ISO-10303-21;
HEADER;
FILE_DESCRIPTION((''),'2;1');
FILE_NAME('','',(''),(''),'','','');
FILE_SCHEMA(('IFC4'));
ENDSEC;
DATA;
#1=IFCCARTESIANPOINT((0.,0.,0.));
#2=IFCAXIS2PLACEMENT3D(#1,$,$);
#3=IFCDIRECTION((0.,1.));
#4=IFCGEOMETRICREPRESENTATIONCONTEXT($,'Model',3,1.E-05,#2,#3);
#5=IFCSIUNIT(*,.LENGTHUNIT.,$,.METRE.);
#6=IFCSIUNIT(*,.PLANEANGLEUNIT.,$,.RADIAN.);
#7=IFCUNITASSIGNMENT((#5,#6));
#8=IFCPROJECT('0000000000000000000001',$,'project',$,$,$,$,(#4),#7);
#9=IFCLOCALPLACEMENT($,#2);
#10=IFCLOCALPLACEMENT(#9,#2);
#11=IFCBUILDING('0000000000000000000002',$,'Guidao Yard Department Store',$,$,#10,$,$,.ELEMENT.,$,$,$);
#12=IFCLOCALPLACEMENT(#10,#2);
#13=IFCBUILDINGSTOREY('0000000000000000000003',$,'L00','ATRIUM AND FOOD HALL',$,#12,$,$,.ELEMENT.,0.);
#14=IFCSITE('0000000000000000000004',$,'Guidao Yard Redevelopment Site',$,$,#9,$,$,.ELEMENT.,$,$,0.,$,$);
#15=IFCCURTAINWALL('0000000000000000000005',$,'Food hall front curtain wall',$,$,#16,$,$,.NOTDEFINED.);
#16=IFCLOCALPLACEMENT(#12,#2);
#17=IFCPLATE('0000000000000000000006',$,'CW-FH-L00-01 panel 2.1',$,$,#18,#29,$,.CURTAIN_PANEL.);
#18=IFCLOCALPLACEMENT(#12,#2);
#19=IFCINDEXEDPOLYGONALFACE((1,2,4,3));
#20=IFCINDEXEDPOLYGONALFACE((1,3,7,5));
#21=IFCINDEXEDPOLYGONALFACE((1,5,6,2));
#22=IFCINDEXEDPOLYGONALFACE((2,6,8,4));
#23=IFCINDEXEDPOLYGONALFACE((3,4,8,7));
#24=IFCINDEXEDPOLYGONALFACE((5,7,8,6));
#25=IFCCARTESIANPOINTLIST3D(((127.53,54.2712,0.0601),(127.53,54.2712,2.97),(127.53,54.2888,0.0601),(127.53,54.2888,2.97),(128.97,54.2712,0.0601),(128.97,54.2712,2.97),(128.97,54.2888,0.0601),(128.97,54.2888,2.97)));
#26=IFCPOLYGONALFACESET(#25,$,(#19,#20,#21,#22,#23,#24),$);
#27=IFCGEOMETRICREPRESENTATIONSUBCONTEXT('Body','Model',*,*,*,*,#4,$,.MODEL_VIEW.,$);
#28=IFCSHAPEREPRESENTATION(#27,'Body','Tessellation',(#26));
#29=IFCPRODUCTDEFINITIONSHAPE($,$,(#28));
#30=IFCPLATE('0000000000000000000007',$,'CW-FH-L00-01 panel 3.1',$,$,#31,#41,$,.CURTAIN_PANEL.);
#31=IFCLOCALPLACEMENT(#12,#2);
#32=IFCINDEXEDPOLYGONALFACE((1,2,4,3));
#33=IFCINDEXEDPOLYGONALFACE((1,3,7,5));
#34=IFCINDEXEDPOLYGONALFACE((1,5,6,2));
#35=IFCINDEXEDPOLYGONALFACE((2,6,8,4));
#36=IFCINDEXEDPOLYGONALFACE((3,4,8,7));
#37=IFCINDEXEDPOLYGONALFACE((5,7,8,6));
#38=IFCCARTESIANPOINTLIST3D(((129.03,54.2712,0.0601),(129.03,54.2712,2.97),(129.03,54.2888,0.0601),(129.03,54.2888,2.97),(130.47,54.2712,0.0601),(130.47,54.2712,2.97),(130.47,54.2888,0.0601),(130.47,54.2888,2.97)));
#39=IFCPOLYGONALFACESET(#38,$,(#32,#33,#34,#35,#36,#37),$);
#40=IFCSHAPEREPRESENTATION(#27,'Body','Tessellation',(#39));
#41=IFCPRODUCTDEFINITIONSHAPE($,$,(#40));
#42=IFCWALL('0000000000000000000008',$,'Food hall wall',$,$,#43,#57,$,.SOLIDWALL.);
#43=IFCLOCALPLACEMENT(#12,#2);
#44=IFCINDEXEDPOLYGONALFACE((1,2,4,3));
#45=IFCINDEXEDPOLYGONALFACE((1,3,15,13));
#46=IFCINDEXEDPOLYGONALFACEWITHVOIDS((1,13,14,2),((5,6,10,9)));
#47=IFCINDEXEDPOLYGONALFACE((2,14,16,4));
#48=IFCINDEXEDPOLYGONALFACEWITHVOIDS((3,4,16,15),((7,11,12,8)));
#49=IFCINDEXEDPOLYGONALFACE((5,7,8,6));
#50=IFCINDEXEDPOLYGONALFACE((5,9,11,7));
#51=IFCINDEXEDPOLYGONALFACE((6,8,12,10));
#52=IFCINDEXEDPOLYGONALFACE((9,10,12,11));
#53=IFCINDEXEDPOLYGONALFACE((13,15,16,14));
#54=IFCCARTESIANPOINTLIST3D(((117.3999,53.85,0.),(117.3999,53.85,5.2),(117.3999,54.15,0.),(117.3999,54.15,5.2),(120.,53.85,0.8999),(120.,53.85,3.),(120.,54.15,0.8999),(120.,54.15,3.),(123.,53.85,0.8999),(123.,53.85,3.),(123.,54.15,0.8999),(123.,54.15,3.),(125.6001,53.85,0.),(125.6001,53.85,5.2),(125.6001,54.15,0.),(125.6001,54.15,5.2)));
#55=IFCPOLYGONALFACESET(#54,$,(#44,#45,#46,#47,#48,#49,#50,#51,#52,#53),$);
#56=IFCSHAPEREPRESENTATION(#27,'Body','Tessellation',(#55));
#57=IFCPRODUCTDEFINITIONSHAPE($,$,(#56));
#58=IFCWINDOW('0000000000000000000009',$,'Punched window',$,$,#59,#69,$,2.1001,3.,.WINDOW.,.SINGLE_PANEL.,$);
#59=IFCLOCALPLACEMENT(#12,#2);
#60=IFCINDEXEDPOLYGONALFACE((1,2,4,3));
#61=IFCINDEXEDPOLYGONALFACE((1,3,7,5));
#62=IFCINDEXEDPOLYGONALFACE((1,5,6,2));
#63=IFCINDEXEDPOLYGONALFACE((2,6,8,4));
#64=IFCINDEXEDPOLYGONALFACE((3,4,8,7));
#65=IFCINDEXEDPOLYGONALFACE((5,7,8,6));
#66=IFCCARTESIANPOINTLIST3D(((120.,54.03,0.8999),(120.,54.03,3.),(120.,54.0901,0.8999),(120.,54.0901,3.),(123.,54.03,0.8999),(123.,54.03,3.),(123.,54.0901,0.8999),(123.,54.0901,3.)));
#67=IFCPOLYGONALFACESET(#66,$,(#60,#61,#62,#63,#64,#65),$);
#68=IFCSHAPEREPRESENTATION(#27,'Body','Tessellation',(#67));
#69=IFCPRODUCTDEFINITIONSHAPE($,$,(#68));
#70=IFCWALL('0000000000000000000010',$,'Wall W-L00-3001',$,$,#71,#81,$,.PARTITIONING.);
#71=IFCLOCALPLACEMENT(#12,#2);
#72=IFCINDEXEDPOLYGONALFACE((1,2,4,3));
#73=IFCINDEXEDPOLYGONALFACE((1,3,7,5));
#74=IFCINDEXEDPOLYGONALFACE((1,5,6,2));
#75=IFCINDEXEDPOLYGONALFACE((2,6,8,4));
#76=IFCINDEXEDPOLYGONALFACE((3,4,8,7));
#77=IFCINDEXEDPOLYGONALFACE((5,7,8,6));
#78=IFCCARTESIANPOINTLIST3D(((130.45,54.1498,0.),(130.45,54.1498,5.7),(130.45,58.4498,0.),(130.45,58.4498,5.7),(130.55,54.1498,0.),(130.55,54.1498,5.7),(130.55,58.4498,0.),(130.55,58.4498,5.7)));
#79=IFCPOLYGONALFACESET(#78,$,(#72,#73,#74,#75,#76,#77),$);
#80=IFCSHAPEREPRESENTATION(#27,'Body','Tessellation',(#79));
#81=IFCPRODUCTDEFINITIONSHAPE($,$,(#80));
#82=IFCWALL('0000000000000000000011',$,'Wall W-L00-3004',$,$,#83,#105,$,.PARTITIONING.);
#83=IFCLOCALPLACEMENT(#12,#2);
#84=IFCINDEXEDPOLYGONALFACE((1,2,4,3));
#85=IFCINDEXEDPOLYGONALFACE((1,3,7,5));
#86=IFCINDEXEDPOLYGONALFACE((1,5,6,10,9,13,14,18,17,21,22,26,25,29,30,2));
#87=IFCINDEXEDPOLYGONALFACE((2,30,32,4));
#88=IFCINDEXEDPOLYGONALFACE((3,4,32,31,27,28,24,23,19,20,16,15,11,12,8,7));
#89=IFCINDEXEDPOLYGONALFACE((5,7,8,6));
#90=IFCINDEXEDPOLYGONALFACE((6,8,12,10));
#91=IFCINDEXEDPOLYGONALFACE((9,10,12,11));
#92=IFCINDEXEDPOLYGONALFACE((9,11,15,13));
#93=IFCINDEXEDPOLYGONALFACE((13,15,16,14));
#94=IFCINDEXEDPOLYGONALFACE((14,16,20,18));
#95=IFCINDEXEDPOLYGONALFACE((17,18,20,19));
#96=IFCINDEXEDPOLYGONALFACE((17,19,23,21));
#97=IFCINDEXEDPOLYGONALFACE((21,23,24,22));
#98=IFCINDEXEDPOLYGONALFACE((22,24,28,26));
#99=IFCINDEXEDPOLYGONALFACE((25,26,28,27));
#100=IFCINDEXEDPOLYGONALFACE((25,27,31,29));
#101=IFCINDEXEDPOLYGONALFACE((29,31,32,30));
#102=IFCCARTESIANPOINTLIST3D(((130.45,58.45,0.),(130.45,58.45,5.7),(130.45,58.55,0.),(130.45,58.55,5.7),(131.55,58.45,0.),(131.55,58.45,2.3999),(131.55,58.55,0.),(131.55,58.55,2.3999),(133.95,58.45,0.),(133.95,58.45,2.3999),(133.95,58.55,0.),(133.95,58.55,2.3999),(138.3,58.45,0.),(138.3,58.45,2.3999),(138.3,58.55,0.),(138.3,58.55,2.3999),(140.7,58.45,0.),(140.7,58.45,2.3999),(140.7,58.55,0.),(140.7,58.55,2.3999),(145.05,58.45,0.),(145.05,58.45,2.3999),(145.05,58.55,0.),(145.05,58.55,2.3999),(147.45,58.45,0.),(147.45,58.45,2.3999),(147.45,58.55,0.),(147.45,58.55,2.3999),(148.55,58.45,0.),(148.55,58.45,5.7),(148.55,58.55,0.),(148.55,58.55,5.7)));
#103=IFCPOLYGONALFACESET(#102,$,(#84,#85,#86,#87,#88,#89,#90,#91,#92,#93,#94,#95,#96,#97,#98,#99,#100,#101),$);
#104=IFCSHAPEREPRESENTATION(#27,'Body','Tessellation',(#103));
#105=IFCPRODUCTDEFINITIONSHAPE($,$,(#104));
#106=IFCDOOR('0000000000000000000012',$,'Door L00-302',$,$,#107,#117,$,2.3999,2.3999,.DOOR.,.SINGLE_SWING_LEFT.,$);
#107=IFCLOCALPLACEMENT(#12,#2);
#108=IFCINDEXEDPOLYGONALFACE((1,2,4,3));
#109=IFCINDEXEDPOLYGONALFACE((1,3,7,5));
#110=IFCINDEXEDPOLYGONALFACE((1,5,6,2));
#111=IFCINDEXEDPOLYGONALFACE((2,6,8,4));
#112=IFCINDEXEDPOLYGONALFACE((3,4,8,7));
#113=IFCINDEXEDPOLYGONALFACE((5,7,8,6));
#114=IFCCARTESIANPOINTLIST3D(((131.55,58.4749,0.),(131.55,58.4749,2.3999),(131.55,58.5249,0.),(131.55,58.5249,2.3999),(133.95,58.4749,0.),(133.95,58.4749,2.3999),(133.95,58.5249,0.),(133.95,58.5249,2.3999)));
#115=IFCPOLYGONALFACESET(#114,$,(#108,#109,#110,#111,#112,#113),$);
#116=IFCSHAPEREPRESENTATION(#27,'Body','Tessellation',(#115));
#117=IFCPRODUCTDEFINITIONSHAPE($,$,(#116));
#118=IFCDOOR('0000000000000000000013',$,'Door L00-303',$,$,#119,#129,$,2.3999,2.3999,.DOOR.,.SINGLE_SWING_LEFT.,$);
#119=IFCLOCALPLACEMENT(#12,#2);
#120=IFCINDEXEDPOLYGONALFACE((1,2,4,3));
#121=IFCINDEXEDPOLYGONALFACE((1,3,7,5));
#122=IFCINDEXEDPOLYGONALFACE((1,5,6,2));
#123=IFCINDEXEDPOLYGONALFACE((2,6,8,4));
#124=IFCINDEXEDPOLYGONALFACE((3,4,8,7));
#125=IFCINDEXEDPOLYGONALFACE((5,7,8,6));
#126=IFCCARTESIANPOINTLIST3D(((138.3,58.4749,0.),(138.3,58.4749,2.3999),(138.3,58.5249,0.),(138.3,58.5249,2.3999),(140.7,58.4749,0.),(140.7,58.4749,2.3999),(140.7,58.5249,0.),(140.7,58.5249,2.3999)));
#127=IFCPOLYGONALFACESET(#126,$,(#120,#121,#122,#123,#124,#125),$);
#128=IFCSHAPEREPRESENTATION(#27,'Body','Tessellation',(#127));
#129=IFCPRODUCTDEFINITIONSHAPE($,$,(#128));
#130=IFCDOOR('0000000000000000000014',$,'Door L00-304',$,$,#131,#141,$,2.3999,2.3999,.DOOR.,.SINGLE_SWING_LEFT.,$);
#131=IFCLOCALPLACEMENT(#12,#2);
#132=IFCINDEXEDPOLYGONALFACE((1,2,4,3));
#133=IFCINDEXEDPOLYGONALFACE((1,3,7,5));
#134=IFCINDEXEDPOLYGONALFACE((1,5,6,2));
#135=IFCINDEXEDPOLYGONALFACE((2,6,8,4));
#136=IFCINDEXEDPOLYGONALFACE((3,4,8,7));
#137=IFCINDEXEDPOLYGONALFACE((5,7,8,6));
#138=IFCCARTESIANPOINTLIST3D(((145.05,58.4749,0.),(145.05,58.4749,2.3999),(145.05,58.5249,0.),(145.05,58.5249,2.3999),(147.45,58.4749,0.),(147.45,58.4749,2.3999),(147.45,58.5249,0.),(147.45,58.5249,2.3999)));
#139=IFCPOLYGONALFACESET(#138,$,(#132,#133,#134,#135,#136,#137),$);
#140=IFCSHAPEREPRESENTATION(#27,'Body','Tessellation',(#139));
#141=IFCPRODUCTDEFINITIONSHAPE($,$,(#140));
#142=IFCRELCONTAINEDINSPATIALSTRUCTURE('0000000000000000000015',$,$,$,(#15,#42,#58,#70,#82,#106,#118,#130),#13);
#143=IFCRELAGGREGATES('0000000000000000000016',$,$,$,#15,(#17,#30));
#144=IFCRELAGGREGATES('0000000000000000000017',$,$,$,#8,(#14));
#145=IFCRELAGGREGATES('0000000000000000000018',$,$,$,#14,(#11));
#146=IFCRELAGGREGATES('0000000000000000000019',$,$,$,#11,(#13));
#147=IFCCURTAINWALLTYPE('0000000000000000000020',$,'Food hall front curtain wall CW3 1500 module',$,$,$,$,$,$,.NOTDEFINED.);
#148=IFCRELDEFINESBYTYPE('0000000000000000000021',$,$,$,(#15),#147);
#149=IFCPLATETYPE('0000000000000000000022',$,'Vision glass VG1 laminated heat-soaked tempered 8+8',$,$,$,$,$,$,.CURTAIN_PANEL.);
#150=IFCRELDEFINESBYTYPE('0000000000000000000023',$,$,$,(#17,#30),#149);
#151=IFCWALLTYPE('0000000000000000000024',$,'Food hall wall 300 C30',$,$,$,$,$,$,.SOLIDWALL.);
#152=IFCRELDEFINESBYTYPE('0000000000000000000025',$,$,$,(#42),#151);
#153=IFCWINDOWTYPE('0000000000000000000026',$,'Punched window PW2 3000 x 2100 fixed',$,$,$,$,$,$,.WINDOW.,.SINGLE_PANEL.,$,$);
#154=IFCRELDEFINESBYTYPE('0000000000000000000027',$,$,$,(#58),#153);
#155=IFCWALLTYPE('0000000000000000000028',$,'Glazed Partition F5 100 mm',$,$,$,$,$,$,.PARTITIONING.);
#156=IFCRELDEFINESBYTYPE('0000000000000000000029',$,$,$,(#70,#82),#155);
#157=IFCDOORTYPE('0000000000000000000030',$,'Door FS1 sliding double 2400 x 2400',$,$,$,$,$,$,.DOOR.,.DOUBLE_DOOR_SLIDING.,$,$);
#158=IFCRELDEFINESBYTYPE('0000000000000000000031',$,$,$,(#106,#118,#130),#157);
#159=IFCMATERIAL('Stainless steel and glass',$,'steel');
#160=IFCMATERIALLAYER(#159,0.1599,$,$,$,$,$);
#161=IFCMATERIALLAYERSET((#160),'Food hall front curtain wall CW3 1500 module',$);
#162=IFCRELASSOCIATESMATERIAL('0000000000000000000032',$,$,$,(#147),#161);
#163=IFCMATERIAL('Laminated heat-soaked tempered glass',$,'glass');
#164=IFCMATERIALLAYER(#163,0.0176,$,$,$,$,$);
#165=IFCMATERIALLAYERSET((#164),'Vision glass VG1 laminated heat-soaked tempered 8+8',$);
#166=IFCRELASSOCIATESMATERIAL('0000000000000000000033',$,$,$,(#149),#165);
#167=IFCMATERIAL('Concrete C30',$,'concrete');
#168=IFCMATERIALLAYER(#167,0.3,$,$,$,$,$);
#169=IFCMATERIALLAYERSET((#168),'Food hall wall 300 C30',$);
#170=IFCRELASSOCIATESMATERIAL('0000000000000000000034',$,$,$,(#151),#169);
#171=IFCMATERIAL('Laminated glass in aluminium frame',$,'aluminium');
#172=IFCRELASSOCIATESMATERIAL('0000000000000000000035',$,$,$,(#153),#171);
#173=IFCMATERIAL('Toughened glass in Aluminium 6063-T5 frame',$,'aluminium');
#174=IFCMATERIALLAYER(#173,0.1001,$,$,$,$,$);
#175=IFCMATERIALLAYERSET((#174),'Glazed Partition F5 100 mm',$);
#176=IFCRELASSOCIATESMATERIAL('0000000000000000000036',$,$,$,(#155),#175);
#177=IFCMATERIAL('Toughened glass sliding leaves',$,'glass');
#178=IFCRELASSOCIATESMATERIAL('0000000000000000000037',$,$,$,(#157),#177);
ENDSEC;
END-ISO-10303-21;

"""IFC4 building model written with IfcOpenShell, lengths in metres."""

from ifc_helpers import new_model, si_unit, direction, frame, frame_2d, origin, origin_2d, place, context, subcontext, project, spatial, rectangle, extrude, material, layer, layer_set, type_object, element, fill, aggregate, save


model = new_model("IFC4")

# Units and contexts
model_context = context("Model", 3, precision=1e-05, world=origin(), true_north=direction((0.0, 1.0)))
body_context = subcontext(model_context, "Body", "Model", "MODEL_VIEW")
ifc_project = project(units=[si_unit("LENGTHUNIT", "METRE"), si_unit("PLANEANGLEUNIT", "RADIAN")], contexts=[model_context])

# Site, building, storey
site_placement = place(None, origin())
site = spatial("IfcSite", under=ifc_project, at=site_placement, Name="Guidao Yard Redevelopment Site", CompositionType="ELEMENT", RefElevation=0.0)
building_placement = place(site_placement, origin())
building = spatial("IfcBuilding", under=site, at=building_placement, Name="Guidao Yard Department Store", CompositionType="ELEMENT")
storey_placement = place(building_placement, origin())
storey = spatial("IfcBuildingStorey", under=building, at=storey_placement, Name="L00", Description="ATRIUM AND FOOD HALL", CompositionType="ELEMENT", Elevation=0.0)

# Curtain wall, plates
ifc_material_1 = material(Name="Stainless steel and glass", Category="steel")
ifc_layer_1 = layer(ifc_material_1, 0.1599)
ifc_layer_set_1 = layer_set([ifc_layer_1], Name="Food hall front curtain wall CW3 1500 module")
curtain_wall_type = type_object("IfcCurtainWallType", Name="Food hall front curtain wall CW3 1500 module", PredefinedType="NOTDEFINED", material=ifc_layer_set_1)
curtain_wall_placement = place(storey_placement, origin())
curtain_wall = element("IfcCurtainWall", 1, at=curtain_wall_placement, inside=storey, type_object=curtain_wall_type, Name="Food hall front curtain wall", PredefinedType="NOTDEFINED")
ifc_material_2 = material(Name="Laminated heat-soaked tempered glass", Category="glass")
ifc_layer_2 = layer(ifc_material_2, 0.0176)
ifc_layer_set_2 = layer_set([ifc_layer_2], Name="Vision glass VG1 laminated heat-soaked tempered 8+8")
plate_type = type_object("IfcPlateType", Name="Vision glass VG1 laminated heat-soaked tempered 8+8", PredefinedType="CURTAIN_PANEL", material=ifc_layer_set_2)
plate_1_placement = place(storey_placement, frame((128.25, 54.28, 0.0601), z_axis=(0.0, 0.0, 1.0), x_axis=(-1.0, 0.0, 0.0)))
plate_1 = element("IfcPlate", 2, at=plate_1_placement, type_object=plate_type, Name="CW-FH-L00-01 panel 2.1", PredefinedType="CURTAIN_PANEL", context=body_context, shape_type="SweptSolid", body=[
    extrude(rectangle(XDim=1.4399, YDim=0.0176, at=origin_2d()), origin(), (0.0, 0.0, 1.0), 2.9099),
])
plate_2_placement = place(storey_placement, frame((129.75, 54.28, 0.0601), z_axis=(0.0, 0.0, 1.0), x_axis=(-1.0, 0.0, 0.0)))
plate_2 = element("IfcPlate", 3, at=plate_2_placement, type_object=plate_type, Name="CW-FH-L00-01 panel 3.1", PredefinedType="CURTAIN_PANEL", context=body_context, shape_type="SweptSolid", body=[
    extrude(rectangle(XDim=1.4399, YDim=0.0176, at=origin_2d()), origin(), (0.0, 0.0, 1.0), 2.9099),
])
aggregate(curtain_wall, [plate_1, plate_2])

# Wall, opening, window
ifc_material_3 = material(Name="Concrete C30", Category="concrete")
ifc_layer_3 = layer(ifc_material_3, 0.3)
ifc_layer_set_3 = layer_set([ifc_layer_3], Name="Food hall wall 300 C30")
wall_type_1 = type_object("IfcWallType", Name="Food hall wall 300 C30", PredefinedType="SOLIDWALL", material=ifc_layer_set_3)
wall_1_placement = place(storey_placement, frame((125.6001, 54.0, 0.0), z_axis=(0.0, 0.0, 1.0), x_axis=(-1.0, 0.0, 0.0)))
wall_1 = element("IfcWall", 4, at=wall_1_placement, inside=storey, type_object=wall_type_1, Name="Food hall wall", PredefinedType="SOLIDWALL", context=body_context, shape_type="SweptSolid", body=[
    extrude(rectangle(XDim=8.2002, YDim=0.3, at=frame_2d((4.1001, 0.0))), origin(), (0.0, 0.0, 1.0), 5.2),
])
opening_1_placement = place(wall_1_placement, frame((2.6001, 0.0, 0.8999)))
opening_1 = element("IfcOpeningElement", 5, at=opening_1_placement, cuts=wall_1, PredefinedType="OPENING", context=body_context, shape_type="SweptSolid", body=[
    extrude(rectangle(XDim=3.0, YDim=2.1001, at=frame_2d((1.5, 1.05))), frame((0.0, 0.1599, 0.0), z_axis=(0.0, -1.0, 0.0), x_axis=(1.0, 0.0, 0.0)), (0.0, 0.0, 1.0), 0.3201),
])
ifc_material_4 = material(Name="Laminated glass in aluminium frame", Category="aluminium")
window_type = type_object("IfcWindowType", Name="Punched window PW2 3000 x 2100 fixed", PartitioningType="SINGLE_PANEL", PredefinedType="WINDOW", material=ifc_material_4)
window_placement = place(opening_1_placement, origin())
window = element("IfcWindow", 6, at=window_placement, inside=storey, type_object=window_type, Name="Punched window", OverallHeight=2.1001, OverallWidth=3.0, PartitioningType="SINGLE_PANEL", PredefinedType="WINDOW", context=body_context, shape_type="SweptSolid", body=[
    extrude(rectangle(XDim=3.0, YDim=2.1001, at=frame_2d((1.5, 1.05))), frame((0.0, -0.03, 0.0), z_axis=(0.0, -1.0, 0.0), x_axis=(1.0, 0.0, 0.0)), (0.0, 0.0, 1.0), 0.0601),
])
fill(opening_1, window)

# Wall
ifc_material_5 = material(Name="Toughened glass in Aluminium 6063-T5 frame", Category="aluminium")
ifc_layer_4 = layer(ifc_material_5, 0.1001)
ifc_layer_set_4 = layer_set([ifc_layer_4], Name="Glazed Partition F5 100 mm")
wall_type_2 = type_object("IfcWallType", Name="Glazed Partition F5 100 mm", PredefinedType="PARTITIONING", material=ifc_layer_set_4)
wall_2_placement = place(storey_placement, frame((130.5, 54.1499, 0.0), z_axis=(0.0, 0.0, 1.0), x_axis=(0.0, 1.0, 0.0)))
element("IfcWall", 7, at=wall_2_placement, inside=storey, type_object=wall_type_2, Name="Wall W-L00-3001", PredefinedType="PARTITIONING", context=body_context, shape_type="SweptSolid", body=[
    extrude(rectangle(XDim=4.3, YDim=0.1001, at=frame_2d((2.1499, 0.0))), origin(), (0.0, 0.0, 1.0), 5.7),
])

# Wall, openings, doors
wall_3_placement = place(storey_placement, frame((130.45, 58.5, 0.0), z_axis=(0.0, 0.0, 1.0), x_axis=(1.0, 0.0, 0.0)))
wall_3 = element("IfcWall", 8, at=wall_3_placement, inside=storey, type_object=wall_type_2, Name="Wall W-L00-3004", PredefinedType="PARTITIONING", context=body_context, shape_type="SweptSolid", body=[
    extrude(rectangle(XDim=18.1001, YDim=0.1001, at=frame_2d((9.05, 0.0))), origin(), (0.0, 0.0, 1.0), 5.7),
])
opening_2_placement = place(wall_3_placement, frame((1.1001, 0.0, 0.0)))
opening_2 = element("IfcOpeningElement", 9, at=opening_2_placement, cuts=wall_3, PredefinedType="OPENING", context=body_context, shape_type="SweptSolid", body=[
    extrude(rectangle(XDim=2.3999, YDim=2.3999, at=frame_2d((1.2, 1.2))), frame((0.0, 0.0601, 0.0), z_axis=(0.0, -1.0, 0.0), x_axis=(1.0, 0.0, 0.0)), (0.0, 0.0, 1.0), 0.1201),
])
opening_3_placement = place(wall_3_placement, frame((7.8501, 0.0, 0.0)))
opening_3 = element("IfcOpeningElement", 10, at=opening_3_placement, cuts=wall_3, PredefinedType="OPENING", context=body_context, shape_type="SweptSolid", body=[
    extrude(rectangle(XDim=2.3999, YDim=2.3999, at=frame_2d((1.2, 1.2))), frame((0.0, 0.0601, 0.0), z_axis=(0.0, -1.0, 0.0), x_axis=(1.0, 0.0, 0.0)), (0.0, 0.0, 1.0), 0.1201),
])
opening_4_placement = place(wall_3_placement, frame((14.6001, 0.0, 0.0)))
opening_4 = element("IfcOpeningElement", 11, at=opening_4_placement, cuts=wall_3, PredefinedType="OPENING", context=body_context, shape_type="SweptSolid", body=[
    extrude(rectangle(XDim=2.3999, YDim=2.3999, at=frame_2d((1.2, 1.2))), frame((0.0, 0.0601, 0.0), z_axis=(0.0, -1.0, 0.0), x_axis=(1.0, 0.0, 0.0)), (0.0, 0.0, 1.0), 0.1201),
])
ifc_material_6 = material(Name="Toughened glass sliding leaves", Category="glass")
door_type_1 = type_object("IfcDoorType", Name="Door FS1 sliding double 2400 x 2400", OperationType="DOUBLE_DOOR_SLIDING", PredefinedType="DOOR", material=ifc_material_6)
door_1_placement = place(opening_2_placement, origin())
door_1 = element("IfcDoor", 12, at=door_1_placement, inside=storey, type_object=door_type_1, Name="Door L00-302", OperationType="SINGLE_SWING_LEFT", OverallHeight=2.3999, OverallWidth=2.3999, PredefinedType="DOOR", context=body_context, shape_type="SweptSolid", body=[
    extrude(rectangle(XDim=2.3999, YDim=2.3999, at=frame_2d((1.2, 1.2))), frame((0.0, 0.0249, 0.0), z_axis=(0.0, -1.0, 0.0), x_axis=(1.0, 0.0, 0.0)), (0.0, 0.0, 1.0), 0.05),
])
fill(opening_2, door_1)
door_2_placement = place(opening_3_placement, origin())
door_2 = element("IfcDoor", 13, at=door_2_placement, inside=storey, type_object=door_type_1, Name="Door L00-303", OperationType="SINGLE_SWING_LEFT", OverallHeight=2.3999, OverallWidth=2.3999, PredefinedType="DOOR", context=body_context, shape_type="SweptSolid", body=[
    extrude(rectangle(XDim=2.3999, YDim=2.3999, at=frame_2d((1.2, 1.2))), frame((0.0, 0.0249, 0.0), z_axis=(0.0, -1.0, 0.0), x_axis=(1.0, 0.0, 0.0)), (0.0, 0.0, 1.0), 0.05),
])
fill(opening_3, door_2)
door_3_placement = place(opening_4_placement, origin())
door_3 = element("IfcDoor", 14, at=door_3_placement, inside=storey, type_object=door_type_1, Name="Door L00-304", OperationType="SINGLE_SWING_LEFT", OverallHeight=2.3999, OverallWidth=2.3999, PredefinedType="DOOR", context=body_context, shape_type="SweptSolid", body=[
    extrude(rectangle(XDim=2.3999, YDim=2.3999, at=frame_2d((1.2, 1.2))), frame((0.0, 0.0249, 0.0), z_axis=(0.0, -1.0, 0.0), x_axis=(1.0, 0.0, 0.0)), (0.0, 0.0, 1.0), 0.05),
])
fill(opening_4, door_3)

save(model, "model.ifc")
